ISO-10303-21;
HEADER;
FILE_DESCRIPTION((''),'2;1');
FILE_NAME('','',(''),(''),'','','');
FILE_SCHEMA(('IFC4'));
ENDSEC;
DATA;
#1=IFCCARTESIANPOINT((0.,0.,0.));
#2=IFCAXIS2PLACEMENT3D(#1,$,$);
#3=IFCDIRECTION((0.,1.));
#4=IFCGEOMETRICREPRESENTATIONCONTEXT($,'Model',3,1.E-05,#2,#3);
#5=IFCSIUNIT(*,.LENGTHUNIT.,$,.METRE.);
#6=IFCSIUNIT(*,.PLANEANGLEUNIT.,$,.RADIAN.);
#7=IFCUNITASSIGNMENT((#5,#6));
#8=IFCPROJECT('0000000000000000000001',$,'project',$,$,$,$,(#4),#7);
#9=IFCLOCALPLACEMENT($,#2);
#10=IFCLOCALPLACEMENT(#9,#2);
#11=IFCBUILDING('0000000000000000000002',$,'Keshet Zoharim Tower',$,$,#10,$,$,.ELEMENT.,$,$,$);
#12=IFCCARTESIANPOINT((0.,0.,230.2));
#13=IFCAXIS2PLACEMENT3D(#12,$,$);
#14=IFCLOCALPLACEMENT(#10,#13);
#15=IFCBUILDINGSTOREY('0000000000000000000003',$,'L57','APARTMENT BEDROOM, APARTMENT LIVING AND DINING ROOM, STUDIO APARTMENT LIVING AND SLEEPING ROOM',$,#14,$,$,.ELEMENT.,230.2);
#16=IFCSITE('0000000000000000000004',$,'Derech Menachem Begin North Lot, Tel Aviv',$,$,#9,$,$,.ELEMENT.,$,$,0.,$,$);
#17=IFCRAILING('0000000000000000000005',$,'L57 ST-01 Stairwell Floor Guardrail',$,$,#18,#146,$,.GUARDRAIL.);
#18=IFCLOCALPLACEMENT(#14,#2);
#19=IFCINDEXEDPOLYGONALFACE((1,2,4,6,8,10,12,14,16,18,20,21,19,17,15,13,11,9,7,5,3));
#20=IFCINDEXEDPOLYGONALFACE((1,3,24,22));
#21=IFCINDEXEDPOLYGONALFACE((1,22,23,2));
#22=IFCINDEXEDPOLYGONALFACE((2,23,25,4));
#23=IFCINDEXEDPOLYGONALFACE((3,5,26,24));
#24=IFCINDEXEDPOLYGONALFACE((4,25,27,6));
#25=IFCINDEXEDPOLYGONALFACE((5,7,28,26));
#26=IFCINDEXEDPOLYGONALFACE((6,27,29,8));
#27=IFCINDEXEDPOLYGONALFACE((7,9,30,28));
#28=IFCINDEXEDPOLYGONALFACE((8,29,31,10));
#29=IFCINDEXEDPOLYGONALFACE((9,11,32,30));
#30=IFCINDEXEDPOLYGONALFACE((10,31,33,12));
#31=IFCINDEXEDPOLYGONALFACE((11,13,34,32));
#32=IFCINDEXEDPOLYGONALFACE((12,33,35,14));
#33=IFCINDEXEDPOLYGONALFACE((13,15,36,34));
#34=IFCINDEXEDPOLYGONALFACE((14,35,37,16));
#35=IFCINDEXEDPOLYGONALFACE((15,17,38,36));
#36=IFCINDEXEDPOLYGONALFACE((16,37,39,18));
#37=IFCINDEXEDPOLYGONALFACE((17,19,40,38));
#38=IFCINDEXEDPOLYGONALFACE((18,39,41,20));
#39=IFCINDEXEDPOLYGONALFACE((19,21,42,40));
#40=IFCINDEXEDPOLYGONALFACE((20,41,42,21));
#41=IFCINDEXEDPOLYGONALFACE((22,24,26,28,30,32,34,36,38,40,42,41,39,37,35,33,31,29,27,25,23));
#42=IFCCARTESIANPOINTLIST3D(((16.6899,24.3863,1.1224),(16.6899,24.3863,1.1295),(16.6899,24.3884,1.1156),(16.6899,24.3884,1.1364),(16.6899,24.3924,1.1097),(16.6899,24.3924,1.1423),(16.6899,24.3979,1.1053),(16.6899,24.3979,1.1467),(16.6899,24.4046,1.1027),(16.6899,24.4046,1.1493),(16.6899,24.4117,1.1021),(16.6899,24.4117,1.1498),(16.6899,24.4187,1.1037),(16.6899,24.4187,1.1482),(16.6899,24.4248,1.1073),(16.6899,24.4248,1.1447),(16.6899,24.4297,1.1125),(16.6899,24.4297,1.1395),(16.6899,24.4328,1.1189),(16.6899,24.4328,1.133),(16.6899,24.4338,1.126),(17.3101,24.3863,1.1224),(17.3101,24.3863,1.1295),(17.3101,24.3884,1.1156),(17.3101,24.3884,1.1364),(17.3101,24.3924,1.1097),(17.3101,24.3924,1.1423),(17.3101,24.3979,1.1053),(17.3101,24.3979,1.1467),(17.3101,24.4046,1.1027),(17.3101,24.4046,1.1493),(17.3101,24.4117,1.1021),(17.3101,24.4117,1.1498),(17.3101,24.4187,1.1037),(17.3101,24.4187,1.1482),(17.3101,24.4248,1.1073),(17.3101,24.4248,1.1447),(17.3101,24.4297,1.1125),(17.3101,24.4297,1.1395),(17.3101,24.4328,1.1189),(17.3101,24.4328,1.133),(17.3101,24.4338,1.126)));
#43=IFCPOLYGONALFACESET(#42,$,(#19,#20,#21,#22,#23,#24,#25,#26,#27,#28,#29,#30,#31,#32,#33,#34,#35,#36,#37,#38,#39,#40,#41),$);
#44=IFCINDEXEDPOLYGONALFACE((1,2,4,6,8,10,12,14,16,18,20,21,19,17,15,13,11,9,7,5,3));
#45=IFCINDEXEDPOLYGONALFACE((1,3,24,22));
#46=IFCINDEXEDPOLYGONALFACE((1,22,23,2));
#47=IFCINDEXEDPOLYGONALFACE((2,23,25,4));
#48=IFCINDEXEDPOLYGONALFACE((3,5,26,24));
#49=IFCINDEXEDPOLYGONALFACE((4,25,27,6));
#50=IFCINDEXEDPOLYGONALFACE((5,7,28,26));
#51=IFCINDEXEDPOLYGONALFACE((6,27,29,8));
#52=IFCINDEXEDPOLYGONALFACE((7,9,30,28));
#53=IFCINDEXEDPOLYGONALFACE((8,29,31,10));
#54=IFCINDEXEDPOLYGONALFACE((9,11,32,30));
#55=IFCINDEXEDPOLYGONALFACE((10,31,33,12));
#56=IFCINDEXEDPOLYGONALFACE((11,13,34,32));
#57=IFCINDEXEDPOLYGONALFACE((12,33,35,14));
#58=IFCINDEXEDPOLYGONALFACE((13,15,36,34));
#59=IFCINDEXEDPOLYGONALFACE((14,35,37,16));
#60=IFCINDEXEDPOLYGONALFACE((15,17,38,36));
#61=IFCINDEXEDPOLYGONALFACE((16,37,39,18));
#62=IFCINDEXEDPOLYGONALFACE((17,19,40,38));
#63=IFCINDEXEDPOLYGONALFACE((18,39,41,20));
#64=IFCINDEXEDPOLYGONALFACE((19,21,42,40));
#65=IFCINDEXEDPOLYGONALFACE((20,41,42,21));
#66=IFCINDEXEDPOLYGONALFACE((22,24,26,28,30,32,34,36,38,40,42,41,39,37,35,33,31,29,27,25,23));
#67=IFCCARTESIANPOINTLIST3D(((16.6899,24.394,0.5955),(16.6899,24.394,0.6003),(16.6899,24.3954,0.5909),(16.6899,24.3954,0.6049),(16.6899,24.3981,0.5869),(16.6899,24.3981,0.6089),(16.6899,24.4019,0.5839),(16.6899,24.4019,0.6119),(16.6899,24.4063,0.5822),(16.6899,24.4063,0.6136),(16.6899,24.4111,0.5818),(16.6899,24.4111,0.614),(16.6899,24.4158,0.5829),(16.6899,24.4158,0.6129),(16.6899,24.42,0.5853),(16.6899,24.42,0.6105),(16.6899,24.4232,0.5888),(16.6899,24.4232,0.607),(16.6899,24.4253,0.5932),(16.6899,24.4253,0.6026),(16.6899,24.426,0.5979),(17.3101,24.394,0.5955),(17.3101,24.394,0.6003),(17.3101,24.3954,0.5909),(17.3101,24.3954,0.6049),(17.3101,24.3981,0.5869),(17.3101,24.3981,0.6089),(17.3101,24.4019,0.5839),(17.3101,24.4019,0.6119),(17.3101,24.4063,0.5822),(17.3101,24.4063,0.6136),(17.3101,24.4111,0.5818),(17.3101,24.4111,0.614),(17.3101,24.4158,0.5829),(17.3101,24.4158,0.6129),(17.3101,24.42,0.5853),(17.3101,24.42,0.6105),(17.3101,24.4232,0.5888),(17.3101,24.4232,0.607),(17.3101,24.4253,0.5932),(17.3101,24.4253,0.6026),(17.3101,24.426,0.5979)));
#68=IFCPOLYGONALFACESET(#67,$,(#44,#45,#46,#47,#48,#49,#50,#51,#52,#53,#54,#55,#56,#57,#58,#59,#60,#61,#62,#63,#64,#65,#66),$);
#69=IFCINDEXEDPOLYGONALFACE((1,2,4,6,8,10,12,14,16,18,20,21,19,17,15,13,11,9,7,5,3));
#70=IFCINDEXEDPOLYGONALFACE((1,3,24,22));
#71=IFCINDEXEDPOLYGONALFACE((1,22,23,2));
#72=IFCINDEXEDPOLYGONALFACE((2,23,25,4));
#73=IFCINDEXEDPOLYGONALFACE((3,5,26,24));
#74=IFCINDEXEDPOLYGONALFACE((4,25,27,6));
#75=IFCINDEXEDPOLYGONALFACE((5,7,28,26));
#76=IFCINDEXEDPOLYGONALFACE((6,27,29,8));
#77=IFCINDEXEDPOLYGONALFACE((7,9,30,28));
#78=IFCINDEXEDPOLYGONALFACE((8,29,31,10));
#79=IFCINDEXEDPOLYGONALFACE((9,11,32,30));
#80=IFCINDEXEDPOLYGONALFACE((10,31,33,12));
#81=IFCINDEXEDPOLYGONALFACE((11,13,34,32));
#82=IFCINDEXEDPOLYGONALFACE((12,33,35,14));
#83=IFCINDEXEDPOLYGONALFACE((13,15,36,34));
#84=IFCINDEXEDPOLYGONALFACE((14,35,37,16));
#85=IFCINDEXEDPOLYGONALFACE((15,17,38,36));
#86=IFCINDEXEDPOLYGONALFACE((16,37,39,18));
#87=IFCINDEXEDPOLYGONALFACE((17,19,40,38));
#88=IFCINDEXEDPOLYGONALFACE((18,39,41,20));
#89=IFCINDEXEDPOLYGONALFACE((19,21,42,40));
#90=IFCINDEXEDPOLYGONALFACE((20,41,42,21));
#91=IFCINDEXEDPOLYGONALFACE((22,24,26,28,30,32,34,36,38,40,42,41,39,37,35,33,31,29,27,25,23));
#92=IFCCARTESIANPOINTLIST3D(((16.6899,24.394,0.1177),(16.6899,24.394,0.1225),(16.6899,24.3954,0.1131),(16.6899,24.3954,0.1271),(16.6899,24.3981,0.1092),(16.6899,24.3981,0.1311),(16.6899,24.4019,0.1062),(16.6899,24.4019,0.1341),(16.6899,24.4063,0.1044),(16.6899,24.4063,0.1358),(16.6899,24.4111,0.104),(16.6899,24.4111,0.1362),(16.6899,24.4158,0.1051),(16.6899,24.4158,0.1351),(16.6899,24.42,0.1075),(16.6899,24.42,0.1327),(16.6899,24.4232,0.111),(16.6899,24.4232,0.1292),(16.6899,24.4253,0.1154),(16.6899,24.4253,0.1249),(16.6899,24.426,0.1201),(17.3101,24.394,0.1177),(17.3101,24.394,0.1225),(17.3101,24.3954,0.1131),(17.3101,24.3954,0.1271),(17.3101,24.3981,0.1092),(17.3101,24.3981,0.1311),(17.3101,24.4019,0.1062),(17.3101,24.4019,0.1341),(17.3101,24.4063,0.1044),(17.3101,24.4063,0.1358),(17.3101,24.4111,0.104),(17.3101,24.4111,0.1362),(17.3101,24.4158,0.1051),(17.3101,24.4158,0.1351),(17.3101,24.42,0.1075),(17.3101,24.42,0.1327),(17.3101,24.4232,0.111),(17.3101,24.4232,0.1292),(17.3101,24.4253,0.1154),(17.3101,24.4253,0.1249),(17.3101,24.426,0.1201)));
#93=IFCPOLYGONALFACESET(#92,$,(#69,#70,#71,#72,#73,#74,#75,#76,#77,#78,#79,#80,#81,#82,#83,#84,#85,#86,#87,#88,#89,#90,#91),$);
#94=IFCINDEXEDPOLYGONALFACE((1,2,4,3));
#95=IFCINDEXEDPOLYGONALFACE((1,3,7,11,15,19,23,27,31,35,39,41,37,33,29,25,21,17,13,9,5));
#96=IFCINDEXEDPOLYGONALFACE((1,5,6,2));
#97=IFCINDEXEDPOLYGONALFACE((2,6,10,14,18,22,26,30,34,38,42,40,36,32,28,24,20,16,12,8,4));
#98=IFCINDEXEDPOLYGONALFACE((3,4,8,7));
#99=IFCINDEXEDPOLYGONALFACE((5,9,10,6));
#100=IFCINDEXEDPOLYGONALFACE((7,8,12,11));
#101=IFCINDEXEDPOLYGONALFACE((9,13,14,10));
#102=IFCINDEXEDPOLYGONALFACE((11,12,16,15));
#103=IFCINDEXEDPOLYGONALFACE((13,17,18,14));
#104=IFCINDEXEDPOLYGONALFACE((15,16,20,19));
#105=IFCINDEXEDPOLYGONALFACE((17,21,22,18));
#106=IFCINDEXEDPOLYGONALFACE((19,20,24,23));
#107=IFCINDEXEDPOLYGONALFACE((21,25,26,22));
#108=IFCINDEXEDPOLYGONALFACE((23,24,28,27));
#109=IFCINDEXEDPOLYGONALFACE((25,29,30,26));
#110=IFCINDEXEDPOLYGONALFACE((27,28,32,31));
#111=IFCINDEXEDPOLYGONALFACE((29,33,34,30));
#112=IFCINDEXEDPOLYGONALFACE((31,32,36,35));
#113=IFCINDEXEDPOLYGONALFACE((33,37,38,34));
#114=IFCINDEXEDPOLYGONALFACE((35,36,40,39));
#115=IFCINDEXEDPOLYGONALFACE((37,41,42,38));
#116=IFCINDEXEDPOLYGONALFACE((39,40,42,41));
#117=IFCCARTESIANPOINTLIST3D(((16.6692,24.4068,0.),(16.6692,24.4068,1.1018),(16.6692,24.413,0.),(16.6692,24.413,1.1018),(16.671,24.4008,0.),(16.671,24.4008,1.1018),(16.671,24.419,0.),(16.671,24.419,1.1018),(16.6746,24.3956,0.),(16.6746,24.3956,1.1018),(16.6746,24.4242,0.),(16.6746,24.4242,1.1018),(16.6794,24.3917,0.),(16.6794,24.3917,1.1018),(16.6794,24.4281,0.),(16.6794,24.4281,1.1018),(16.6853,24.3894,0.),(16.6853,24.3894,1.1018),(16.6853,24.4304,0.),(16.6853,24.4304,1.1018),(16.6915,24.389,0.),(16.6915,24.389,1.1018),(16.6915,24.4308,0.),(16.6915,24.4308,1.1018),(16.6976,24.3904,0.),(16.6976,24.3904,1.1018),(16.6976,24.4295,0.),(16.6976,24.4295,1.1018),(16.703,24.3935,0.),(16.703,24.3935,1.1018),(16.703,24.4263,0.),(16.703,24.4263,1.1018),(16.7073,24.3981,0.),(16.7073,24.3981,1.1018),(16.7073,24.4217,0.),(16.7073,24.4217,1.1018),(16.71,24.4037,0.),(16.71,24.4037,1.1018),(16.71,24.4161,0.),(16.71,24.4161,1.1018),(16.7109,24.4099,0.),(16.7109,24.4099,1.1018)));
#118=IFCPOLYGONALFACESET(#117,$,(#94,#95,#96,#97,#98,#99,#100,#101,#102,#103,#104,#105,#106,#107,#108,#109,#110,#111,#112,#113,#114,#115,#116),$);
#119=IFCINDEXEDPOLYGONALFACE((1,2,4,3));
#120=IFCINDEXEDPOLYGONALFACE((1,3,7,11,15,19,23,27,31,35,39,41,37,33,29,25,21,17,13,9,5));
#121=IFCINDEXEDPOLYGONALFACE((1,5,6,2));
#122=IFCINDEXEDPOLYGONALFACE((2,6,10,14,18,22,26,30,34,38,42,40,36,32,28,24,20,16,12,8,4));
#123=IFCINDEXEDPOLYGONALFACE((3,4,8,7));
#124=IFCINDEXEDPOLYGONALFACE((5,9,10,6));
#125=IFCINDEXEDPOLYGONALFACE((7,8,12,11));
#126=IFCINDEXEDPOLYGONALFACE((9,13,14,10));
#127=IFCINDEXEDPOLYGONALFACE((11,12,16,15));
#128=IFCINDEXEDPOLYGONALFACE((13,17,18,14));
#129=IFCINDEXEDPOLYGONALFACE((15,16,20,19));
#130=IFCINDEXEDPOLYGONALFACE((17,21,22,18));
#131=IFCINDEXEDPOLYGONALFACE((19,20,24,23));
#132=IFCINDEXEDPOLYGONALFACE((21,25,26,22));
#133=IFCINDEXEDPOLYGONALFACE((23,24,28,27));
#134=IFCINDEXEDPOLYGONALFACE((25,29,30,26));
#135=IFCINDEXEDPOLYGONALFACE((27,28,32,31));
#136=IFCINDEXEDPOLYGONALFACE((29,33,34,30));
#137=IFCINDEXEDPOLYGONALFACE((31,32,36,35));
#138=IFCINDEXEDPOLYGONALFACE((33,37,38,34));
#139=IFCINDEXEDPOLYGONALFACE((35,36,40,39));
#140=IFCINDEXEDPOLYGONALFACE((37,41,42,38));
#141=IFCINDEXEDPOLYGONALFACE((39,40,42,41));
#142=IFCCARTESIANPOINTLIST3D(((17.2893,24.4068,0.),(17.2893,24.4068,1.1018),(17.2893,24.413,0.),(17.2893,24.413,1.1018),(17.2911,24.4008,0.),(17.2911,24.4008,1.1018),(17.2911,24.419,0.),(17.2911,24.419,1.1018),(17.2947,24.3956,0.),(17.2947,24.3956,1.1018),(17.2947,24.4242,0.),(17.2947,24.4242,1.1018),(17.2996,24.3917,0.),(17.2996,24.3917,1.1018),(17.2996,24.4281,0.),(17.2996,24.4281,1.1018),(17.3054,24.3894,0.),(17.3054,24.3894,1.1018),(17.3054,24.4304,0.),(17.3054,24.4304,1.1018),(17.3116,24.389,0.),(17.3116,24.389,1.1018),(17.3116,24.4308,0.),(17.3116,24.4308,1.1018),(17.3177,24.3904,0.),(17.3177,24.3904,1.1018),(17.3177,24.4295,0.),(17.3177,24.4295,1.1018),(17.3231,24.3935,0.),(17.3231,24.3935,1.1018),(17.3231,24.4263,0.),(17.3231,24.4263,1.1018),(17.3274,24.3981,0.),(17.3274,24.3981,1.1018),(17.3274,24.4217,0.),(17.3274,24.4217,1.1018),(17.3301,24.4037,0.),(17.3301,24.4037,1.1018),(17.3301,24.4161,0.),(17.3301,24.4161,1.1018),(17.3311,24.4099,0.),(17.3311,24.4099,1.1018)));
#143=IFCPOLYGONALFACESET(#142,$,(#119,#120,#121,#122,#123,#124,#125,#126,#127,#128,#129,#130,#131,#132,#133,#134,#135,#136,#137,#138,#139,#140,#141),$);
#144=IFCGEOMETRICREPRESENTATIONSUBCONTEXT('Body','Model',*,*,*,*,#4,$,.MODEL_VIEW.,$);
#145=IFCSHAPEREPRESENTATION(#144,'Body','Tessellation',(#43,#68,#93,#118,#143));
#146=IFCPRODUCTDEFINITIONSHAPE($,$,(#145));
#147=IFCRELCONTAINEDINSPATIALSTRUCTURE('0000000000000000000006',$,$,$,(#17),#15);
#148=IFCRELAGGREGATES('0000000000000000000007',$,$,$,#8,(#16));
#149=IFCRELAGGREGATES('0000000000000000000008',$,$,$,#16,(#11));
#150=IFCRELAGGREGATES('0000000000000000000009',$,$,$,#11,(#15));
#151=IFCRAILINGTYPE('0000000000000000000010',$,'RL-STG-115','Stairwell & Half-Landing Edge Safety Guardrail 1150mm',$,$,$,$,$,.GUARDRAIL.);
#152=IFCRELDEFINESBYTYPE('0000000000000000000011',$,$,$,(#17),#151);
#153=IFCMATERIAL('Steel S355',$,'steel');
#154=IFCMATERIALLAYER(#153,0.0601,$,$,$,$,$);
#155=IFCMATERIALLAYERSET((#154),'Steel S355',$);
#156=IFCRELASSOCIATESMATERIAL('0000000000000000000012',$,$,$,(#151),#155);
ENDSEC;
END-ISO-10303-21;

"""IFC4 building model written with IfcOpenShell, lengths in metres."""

from ifc_helpers import new_model, si_unit, direction, frame, origin, origin_2d, place, context, subcontext, project, spatial, circle, extrude, material, layer, layer_set, type_object, element, save


model = new_model("IFC4")

# Units and contexts
model_context = context("Model", 3, precision=1e-05, world=origin(), true_north=direction((0.0, 1.0)))
body_context = subcontext(model_context, "Body", "Model", "MODEL_VIEW")
ifc_project = project(units=[si_unit("LENGTHUNIT", "METRE"), si_unit("PLANEANGLEUNIT", "RADIAN")], contexts=[model_context])

# Site, building, storey
site_placement = place(None, origin())
site = spatial("IfcSite", under=ifc_project, at=site_placement, Name="Derech Menachem Begin North Lot, Tel Aviv", CompositionType="ELEMENT", RefElevation=0.0)
building_placement = place(site_placement, origin())
building = spatial("IfcBuilding", under=site, at=building_placement, Name="Keshet Zoharim Tower", CompositionType="ELEMENT")
storey_placement = place(building_placement, frame((0.0, 0.0, 230.2)))
storey = spatial("IfcBuildingStorey", under=building, at=storey_placement, Name="L57", Description="APARTMENT BEDROOM, APARTMENT LIVING AND DINING ROOM, STUDIO APARTMENT LIVING AND SLEEPING ROOM", CompositionType="ELEMENT", Elevation=230.2)

# Railing
ifc_material_1 = material(Name="Steel S355", Category="steel")
ifc_layer_1 = layer(ifc_material_1, 0.0601)
ifc_layer_set_1 = layer_set([ifc_layer_1], Name="Steel S355")
railing_type_1 = type_object("IfcRailingType", Name="RL-STG-115", Description="Stairwell & Half-Landing Edge Safety Guardrail 1150mm", PredefinedType="GUARDRAIL", material=ifc_layer_set_1)
railing_1_placement = place(storey_placement, frame((16.6899, 24.4099, 0.0)))
element("IfcRailing", 1, at=railing_1_placement, inside=storey, type_object=railing_type_1, Name="L57 ST-01 Stairwell Floor Guardrail", PredefinedType="GUARDRAIL", context=body_context, shape_type="SweptSolid", body=[
    extrude(circle(Radius=0.0239, at=origin_2d()), frame((0.0, 0.0, 1.126), z_axis=(1.0, 0.0, 0.0), x_axis=(0.0, 1.0, 0.0)), (0.0, 0.0, 1.0), 0.6201),
    extrude(circle(Radius=0.0161, at=origin_2d()), frame((0.0, 0.0, 0.5979), z_axis=(1.0, 0.0, 0.0), x_axis=(0.0, 1.0, 0.0)), (0.0, 0.0, 1.0), 0.6201),
    extrude(circle(Radius=0.0161, at=origin_2d()), frame((0.0, 0.0, 0.1201), z_axis=(1.0, 0.0, 0.0), x_axis=(0.0, 1.0, 0.0)), (0.0, 0.0, 1.0), 0.6201),
    extrude(circle(Radius=0.021, at=origin_2d()), origin(), (0.0, 0.0, 1.0), 1.1018),
    extrude(circle(Radius=0.021, at=origin_2d()), frame((0.6201, 0.0, 0.0)), (0.0, 0.0, 1.0), 1.1018),
])

save(model, "model.ifc")
